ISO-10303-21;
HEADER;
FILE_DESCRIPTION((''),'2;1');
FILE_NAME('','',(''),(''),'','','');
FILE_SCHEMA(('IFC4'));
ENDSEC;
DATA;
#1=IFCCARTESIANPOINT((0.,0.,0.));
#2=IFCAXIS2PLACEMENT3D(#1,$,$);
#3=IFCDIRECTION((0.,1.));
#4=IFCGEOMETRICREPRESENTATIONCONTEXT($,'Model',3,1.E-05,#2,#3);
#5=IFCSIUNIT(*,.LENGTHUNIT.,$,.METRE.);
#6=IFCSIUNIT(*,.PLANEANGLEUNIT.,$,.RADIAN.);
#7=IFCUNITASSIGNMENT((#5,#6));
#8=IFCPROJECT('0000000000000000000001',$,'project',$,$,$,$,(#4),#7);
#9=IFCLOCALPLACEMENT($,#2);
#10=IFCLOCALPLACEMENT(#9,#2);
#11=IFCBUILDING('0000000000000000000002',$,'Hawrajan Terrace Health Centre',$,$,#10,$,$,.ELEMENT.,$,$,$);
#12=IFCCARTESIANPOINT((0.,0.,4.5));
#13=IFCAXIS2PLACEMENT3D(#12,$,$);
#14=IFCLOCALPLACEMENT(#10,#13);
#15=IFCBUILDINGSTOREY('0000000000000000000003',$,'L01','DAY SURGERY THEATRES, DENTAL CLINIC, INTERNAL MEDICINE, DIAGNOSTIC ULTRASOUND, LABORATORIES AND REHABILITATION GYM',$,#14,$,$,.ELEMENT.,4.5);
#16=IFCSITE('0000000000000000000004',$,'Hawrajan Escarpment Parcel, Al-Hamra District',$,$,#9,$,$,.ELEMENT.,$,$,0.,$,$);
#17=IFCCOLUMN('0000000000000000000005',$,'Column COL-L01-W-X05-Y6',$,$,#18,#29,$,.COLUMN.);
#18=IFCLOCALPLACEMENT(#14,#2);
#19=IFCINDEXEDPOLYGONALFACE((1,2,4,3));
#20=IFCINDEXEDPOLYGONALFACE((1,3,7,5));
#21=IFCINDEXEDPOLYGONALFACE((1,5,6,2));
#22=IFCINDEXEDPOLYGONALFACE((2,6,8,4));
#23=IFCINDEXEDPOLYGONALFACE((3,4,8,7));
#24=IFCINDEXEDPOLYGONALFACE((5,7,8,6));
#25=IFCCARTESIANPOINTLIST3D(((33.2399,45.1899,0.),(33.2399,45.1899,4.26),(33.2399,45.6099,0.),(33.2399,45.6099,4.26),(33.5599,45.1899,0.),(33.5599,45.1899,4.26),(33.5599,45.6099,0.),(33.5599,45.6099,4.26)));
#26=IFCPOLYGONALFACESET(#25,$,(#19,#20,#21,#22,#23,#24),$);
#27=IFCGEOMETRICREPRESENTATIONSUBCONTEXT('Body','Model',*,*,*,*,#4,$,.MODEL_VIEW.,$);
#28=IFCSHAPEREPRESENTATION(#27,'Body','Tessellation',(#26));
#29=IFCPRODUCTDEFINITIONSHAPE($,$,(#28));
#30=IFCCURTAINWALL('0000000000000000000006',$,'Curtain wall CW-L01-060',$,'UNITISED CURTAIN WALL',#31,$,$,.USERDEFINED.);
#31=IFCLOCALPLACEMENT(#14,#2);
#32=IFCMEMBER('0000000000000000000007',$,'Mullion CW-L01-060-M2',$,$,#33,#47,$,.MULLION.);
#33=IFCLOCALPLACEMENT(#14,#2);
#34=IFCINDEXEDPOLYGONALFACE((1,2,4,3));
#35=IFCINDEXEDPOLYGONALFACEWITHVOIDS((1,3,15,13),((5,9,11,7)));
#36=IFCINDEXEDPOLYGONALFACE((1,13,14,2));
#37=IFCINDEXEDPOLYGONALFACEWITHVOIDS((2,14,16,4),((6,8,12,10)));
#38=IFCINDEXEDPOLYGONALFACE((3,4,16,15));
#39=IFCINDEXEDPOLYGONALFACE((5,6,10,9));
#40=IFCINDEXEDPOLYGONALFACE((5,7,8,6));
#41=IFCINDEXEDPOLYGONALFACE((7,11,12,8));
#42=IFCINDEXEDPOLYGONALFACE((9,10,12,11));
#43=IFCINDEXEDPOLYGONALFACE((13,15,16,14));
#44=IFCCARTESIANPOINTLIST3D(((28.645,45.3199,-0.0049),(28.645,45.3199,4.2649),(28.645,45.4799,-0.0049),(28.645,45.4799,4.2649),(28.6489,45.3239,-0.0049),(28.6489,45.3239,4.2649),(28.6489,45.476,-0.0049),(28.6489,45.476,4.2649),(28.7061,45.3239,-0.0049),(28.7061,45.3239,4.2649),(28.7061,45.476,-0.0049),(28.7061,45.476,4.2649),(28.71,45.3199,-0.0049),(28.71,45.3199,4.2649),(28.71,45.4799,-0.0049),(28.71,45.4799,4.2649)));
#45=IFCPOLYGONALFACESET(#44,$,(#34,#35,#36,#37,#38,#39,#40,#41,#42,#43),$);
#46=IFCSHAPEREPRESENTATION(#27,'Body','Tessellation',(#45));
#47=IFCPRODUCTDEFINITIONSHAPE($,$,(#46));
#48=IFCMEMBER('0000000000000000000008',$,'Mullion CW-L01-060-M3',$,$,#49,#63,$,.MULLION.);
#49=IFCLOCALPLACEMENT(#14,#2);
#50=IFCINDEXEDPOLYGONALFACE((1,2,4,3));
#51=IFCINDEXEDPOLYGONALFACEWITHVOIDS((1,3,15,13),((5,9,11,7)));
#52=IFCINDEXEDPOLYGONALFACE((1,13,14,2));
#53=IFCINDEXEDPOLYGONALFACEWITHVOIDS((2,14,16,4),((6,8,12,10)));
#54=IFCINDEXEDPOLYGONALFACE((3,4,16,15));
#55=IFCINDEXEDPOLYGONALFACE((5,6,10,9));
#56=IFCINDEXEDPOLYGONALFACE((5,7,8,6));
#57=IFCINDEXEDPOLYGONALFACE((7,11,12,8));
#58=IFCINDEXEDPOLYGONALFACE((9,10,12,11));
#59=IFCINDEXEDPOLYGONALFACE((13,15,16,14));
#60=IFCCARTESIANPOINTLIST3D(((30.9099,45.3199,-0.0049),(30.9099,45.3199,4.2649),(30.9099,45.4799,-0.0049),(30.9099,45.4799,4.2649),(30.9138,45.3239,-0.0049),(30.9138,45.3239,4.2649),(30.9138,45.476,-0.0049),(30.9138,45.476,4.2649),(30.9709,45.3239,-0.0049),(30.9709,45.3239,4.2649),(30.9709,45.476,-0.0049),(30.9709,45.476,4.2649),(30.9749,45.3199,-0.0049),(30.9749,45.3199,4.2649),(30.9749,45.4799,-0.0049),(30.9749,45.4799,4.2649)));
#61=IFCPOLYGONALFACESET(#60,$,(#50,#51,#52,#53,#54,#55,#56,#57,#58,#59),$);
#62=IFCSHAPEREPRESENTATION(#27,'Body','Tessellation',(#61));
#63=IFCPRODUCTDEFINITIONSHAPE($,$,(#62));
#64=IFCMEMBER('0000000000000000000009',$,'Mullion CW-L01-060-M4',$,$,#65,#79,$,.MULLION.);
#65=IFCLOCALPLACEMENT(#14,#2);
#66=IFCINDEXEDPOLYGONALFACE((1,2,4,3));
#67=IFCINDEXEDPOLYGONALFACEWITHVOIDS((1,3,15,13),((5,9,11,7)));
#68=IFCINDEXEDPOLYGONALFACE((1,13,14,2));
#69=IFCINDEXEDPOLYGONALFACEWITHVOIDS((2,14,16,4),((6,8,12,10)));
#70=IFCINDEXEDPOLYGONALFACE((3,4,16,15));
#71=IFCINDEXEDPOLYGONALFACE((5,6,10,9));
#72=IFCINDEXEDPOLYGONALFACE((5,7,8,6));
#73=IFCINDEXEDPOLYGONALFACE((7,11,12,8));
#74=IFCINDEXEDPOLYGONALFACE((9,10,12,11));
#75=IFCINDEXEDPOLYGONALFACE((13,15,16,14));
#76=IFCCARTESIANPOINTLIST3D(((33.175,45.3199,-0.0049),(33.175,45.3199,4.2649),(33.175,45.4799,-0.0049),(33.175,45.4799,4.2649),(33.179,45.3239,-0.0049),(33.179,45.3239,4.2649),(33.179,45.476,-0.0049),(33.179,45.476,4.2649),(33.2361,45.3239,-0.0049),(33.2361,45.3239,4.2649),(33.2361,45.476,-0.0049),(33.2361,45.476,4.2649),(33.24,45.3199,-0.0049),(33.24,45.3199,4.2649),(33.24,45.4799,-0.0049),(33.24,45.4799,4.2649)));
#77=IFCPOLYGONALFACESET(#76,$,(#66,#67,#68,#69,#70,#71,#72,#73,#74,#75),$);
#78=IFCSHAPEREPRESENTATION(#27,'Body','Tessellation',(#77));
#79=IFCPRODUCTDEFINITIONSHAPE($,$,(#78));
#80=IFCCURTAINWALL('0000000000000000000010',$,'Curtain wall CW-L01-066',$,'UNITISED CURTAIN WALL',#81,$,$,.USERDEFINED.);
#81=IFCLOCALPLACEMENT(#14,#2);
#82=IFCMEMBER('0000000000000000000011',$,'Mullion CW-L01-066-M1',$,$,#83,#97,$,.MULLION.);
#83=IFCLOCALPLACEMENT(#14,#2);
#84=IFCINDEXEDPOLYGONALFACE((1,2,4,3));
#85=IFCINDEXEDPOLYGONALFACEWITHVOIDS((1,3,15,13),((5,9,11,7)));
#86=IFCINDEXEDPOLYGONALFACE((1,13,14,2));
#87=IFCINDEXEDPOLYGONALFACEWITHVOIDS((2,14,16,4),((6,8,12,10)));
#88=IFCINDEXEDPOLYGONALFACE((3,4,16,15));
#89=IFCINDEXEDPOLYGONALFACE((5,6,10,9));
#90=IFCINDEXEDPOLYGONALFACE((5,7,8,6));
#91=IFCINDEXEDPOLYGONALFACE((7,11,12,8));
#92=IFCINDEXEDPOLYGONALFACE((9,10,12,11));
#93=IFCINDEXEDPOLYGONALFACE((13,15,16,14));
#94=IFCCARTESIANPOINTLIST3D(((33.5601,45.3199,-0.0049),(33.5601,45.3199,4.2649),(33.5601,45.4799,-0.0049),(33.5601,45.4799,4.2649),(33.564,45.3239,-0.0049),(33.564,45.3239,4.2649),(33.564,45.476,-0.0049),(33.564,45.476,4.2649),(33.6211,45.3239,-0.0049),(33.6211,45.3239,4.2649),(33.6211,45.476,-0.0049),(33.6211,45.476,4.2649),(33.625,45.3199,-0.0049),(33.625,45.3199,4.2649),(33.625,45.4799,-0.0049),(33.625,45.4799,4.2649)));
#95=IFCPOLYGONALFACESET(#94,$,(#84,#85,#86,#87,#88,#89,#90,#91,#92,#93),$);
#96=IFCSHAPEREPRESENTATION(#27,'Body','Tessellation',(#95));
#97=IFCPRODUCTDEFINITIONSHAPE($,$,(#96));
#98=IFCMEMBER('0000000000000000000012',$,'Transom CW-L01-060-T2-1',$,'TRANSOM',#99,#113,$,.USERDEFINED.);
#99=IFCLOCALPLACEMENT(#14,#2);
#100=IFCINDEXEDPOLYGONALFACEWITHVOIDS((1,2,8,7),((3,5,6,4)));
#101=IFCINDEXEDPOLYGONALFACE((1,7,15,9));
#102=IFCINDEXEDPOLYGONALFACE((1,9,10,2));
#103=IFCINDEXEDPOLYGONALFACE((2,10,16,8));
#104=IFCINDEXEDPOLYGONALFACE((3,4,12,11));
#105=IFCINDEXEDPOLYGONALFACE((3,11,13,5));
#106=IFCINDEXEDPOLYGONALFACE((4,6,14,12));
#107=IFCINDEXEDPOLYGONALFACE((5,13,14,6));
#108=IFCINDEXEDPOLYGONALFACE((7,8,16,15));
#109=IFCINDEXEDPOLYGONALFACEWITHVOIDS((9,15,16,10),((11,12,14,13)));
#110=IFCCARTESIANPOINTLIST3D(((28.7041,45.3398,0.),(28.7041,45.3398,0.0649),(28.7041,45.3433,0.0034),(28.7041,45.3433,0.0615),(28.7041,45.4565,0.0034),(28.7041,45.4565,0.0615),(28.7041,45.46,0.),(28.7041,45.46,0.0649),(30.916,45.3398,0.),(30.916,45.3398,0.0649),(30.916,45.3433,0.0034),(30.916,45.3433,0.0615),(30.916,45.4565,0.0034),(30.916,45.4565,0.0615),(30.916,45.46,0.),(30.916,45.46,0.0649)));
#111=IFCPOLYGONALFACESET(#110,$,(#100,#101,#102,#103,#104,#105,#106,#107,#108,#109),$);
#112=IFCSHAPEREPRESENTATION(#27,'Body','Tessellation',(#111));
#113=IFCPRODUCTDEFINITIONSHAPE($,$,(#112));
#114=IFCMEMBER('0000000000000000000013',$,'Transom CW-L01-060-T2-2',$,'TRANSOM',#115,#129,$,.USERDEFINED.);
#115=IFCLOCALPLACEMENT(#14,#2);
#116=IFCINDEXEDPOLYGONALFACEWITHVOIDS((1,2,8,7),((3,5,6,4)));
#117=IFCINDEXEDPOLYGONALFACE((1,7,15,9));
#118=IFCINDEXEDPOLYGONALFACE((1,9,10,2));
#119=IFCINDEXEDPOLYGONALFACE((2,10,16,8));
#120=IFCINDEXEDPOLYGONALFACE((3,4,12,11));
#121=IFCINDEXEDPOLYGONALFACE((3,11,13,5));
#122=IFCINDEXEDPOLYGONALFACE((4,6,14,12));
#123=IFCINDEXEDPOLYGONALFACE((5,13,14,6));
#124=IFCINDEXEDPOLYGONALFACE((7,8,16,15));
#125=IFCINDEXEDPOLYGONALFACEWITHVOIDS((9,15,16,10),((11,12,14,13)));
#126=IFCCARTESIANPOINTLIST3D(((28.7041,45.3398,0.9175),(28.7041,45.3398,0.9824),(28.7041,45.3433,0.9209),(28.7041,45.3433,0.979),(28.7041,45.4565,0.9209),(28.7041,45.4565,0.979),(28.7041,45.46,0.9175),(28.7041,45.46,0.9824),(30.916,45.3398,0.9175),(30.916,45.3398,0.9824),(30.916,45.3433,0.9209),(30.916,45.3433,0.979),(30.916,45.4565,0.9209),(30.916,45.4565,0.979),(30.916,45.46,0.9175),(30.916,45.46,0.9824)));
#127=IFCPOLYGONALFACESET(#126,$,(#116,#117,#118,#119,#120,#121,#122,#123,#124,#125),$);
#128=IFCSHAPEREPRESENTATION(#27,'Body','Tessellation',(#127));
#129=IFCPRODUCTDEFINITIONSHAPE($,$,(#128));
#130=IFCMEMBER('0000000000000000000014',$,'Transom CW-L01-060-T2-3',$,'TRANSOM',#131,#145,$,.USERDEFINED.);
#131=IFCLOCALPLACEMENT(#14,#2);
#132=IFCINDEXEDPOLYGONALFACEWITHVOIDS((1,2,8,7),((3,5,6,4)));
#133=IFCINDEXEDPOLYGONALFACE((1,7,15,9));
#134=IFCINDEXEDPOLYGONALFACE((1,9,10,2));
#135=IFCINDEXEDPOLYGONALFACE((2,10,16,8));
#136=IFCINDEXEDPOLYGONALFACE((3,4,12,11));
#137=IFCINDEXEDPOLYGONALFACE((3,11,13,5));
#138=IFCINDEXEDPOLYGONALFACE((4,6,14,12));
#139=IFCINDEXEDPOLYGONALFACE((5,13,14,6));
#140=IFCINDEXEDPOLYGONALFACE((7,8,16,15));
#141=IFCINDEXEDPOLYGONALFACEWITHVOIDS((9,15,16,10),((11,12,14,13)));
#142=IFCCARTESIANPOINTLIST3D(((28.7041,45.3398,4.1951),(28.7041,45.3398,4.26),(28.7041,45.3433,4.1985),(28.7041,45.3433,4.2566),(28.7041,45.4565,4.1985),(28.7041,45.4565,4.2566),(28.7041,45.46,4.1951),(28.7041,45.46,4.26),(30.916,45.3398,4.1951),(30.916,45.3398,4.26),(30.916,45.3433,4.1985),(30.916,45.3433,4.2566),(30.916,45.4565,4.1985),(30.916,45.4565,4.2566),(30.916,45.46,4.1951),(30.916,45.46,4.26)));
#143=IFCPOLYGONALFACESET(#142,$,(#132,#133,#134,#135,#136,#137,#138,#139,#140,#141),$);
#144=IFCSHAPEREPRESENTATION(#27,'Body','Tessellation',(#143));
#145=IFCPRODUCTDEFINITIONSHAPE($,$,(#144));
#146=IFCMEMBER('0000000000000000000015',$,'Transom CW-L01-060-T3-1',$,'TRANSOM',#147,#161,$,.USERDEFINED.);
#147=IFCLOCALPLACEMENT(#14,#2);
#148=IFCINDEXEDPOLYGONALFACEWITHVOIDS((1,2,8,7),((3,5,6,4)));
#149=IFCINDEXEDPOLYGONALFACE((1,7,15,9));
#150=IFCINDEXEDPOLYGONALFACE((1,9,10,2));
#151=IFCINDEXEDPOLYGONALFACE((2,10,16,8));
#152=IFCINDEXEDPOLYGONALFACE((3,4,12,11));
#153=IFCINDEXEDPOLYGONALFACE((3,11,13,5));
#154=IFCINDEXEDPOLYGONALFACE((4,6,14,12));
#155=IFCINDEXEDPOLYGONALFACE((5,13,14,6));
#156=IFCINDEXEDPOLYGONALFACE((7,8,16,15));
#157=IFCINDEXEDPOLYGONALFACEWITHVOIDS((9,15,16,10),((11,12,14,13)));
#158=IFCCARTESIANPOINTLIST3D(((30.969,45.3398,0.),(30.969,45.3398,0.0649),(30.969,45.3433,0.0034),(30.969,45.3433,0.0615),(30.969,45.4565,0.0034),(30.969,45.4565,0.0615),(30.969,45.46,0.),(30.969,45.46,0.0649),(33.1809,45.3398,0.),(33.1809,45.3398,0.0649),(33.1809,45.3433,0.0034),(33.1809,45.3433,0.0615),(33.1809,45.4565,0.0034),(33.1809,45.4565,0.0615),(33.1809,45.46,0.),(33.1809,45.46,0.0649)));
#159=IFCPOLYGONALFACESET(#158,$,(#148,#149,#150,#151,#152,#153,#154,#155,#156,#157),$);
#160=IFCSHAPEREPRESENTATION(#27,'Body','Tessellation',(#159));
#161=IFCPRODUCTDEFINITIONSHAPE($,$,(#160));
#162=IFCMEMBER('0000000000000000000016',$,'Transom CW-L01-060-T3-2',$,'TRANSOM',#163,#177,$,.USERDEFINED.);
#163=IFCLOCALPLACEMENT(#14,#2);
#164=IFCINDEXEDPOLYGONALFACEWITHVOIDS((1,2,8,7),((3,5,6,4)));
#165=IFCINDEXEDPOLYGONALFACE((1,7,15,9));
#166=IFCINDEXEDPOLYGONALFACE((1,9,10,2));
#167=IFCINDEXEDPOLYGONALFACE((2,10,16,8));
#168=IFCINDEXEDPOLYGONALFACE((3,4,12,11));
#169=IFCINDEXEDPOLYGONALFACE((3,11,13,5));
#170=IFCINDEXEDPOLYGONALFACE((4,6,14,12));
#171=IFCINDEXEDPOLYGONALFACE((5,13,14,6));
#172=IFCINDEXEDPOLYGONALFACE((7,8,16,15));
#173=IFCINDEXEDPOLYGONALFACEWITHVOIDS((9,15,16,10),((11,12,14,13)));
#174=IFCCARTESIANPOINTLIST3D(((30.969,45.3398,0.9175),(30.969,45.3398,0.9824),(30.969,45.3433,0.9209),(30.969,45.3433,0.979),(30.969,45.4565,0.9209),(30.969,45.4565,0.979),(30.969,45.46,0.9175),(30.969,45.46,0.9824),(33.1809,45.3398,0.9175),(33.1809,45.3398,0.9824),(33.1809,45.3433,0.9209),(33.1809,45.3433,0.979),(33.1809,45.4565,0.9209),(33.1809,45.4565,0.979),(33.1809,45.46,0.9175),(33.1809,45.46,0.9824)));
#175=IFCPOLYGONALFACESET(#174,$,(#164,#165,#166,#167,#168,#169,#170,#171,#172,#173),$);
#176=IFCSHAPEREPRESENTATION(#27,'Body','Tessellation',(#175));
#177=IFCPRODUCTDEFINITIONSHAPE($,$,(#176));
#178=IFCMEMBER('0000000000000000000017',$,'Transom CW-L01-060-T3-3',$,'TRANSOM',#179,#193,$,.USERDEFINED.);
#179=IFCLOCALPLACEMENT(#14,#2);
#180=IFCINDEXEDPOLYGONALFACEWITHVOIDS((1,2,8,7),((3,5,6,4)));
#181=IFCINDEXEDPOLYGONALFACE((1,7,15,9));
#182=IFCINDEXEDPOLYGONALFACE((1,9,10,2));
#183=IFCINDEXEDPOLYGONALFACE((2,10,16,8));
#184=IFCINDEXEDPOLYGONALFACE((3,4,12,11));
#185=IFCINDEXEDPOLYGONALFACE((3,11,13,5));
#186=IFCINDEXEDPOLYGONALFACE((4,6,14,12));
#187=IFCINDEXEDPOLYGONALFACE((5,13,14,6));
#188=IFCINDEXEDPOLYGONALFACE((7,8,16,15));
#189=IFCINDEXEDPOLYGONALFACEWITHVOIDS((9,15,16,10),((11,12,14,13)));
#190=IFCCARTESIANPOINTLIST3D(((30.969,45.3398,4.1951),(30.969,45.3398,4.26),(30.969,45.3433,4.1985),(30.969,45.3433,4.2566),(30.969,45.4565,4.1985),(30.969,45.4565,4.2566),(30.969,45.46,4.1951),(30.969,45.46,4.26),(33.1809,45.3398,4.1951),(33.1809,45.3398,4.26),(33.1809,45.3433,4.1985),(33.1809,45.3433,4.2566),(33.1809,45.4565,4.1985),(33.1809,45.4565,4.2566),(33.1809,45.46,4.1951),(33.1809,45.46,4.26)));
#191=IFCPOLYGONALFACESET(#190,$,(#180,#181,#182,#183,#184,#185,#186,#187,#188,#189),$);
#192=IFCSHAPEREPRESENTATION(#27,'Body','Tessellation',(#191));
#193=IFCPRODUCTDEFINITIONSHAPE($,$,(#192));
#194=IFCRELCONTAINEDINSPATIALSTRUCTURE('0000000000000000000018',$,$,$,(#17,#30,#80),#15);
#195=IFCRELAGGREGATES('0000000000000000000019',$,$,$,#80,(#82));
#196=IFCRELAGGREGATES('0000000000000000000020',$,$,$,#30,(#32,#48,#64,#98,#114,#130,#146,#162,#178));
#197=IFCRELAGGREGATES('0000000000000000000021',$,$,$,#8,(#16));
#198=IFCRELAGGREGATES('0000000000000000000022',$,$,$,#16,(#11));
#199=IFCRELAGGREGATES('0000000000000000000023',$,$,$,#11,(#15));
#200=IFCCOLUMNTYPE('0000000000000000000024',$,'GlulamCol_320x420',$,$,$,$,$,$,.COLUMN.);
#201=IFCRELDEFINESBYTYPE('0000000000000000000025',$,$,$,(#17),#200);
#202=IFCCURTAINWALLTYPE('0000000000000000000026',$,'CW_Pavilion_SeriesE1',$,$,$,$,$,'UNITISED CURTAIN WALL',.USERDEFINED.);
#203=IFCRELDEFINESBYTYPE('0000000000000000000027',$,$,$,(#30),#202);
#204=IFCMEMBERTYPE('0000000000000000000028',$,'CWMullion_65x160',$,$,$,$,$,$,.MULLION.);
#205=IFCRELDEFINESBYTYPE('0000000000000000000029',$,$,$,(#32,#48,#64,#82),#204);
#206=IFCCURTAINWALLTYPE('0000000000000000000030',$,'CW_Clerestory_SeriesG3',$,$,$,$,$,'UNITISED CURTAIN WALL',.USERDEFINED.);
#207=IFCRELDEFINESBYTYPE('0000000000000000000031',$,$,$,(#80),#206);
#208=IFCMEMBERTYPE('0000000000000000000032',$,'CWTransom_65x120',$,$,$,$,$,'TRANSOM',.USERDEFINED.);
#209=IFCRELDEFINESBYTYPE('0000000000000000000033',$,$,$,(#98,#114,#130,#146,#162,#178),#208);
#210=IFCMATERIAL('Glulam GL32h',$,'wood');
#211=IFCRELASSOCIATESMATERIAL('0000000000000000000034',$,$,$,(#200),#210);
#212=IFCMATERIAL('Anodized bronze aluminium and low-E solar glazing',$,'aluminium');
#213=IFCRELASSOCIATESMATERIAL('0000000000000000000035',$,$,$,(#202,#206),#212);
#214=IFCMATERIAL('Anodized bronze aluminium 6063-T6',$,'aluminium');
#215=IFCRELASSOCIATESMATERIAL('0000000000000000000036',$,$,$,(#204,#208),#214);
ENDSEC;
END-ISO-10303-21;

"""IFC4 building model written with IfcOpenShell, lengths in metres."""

from ifc_helpers import new_model, si_unit, direction, frame, origin, origin_2d, place, context, subcontext, project, spatial, rectangle, hollow_rectangle, extrude, material, material_profile, profile_set, type_object, element, aggregate, save


model = new_model("IFC4")

# Units and contexts
model_context = context("Model", 3, precision=1e-05, world=origin(), true_north=direction((0.0, 1.0)))
body_context = subcontext(model_context, "Body", "Model", "MODEL_VIEW")
ifc_project = project(units=[si_unit("LENGTHUNIT", "METRE"), si_unit("PLANEANGLEUNIT", "RADIAN")], contexts=[model_context])

# Site, building, storey
site_placement = place(None, origin())
site = spatial("IfcSite", under=ifc_project, at=site_placement, Name="Hawrajan Escarpment Parcel, Al-Hamra District", CompositionType="ELEMENT", RefElevation=0.0)
building_placement = place(site_placement, origin())
building = spatial("IfcBuilding", under=site, at=building_placement, Name="Hawrajan Terrace Health Centre", CompositionType="ELEMENT")
storey_placement = place(building_placement, frame((0.0, 0.0, 4.5)))
storey = spatial("IfcBuildingStorey", under=building, at=storey_placement, Name="L01", Description="DAY SURGERY THEATRES, DENTAL CLINIC, INTERNAL MEDICINE, DIAGNOSTIC ULTRASOUND, LABORATORIES AND REHABILITATION GYM", CompositionType="ELEMENT", Elevation=4.5)

# Column
ifc_material_1 = material(Name="Glulam GL32h", Category="wood")
ifc_material_profile_1 = material_profile(ifc_material_1, rectangle(XDim=0.3201, YDim=0.4199, at=origin_2d()), Name="GL 320x420")
ifc_profile_set_1 = profile_set([ifc_material_profile_1], Name="Glulam GL32h")
column_type = type_object("IfcColumnType", Name="GlulamCol_320x420", PredefinedType="COLUMN", material=ifc_profile_set_1)
column_placement = place(storey_placement, frame((33.3999, 45.3999, 0.0), z_axis=(0.0, 0.0, 1.0), x_axis=(1.0, 0.0, 0.0)))
element("IfcColumn", 1, at=column_placement, inside=storey, type_object=column_type, Name="Column COL-L01-W-X05-Y6", PredefinedType="COLUMN", context=body_context, shape_type="SweptSolid", body=[
    extrude(rectangle(XDim=0.3201, YDim=0.4199, at=origin_2d()), origin(), (0.0, 0.0, 1.0), 4.26),
])

# Curtain wall, members
ifc_material_2 = material(Name="Anodized bronze aluminium and low-E solar glazing", Category="aluminium")
curtain_wall_type_1 = type_object("IfcCurtainWallType", Name="CW_Pavilion_SeriesE1", ElementType="UNITISED CURTAIN WALL", PredefinedType="USERDEFINED", material=ifc_material_2)
curtain_wall_1_placement = place(storey_placement, origin())
curtain_wall_1 = element("IfcCurtainWall", 2, at=curtain_wall_1_placement, inside=storey, type_object=curtain_wall_type_1, Name="Curtain wall CW-L01-060", ObjectType="UNITISED CURTAIN WALL", PredefinedType="USERDEFINED")
ifc_material_3 = material(Name="Anodized bronze aluminium 6063-T6", Category="aluminium")
ifc_material_profile_2 = material_profile(ifc_material_3, hollow_rectangle(XDim=0.0649, YDim=0.1599, WallThickness=0.0039, at=origin_2d()), Name="CW MUL 65x160")
ifc_profile_set_2 = profile_set([ifc_material_profile_2], Name="Anodized bronze aluminium 6063-T6")
member_type_1 = type_object("IfcMemberType", Name="CWMullion_65x160", PredefinedType="MULLION", material=ifc_profile_set_2)
member_1_placement = place(storey_placement, frame((28.6775, 45.3999, -0.0049), z_axis=(0.0, 0.0, 1.0), x_axis=(1.0, 0.0, 0.0)))
member_1 = element("IfcMember", 3, at=member_1_placement, type_object=member_type_1, Name="Mullion CW-L01-060-M2", PredefinedType="MULLION", context=body_context, shape_type="SweptSolid", body=[
    extrude(hollow_rectangle(XDim=0.0649, YDim=0.1599, WallThickness=0.0039, at=origin_2d()), origin(), (0.0, 0.0, 1.0), 4.2698),
])
member_2_placement = place(storey_placement, frame((30.9424, 45.3999, -0.0049), z_axis=(0.0, 0.0, 1.0), x_axis=(1.0, 0.0, 0.0)))
member_2 = element("IfcMember", 4, at=member_2_placement, type_object=member_type_1, Name="Mullion CW-L01-060-M3", PredefinedType="MULLION", context=body_context, shape_type="SweptSolid", body=[
    extrude(hollow_rectangle(XDim=0.0649, YDim=0.1599, WallThickness=0.0039, at=origin_2d()), origin(), (0.0, 0.0, 1.0), 4.2698),
])
member_3_placement = place(storey_placement, frame((33.2075, 45.3999, -0.0049), z_axis=(0.0, 0.0, 1.0), x_axis=(1.0, 0.0, 0.0)))
member_3 = element("IfcMember", 5, at=member_3_placement, type_object=member_type_1, Name="Mullion CW-L01-060-M4", PredefinedType="MULLION", context=body_context, shape_type="SweptSolid", body=[
    extrude(hollow_rectangle(XDim=0.0649, YDim=0.1599, WallThickness=0.0039, at=origin_2d()), origin(), (0.0, 0.0, 1.0), 4.2698),
])

# Curtain wall, member
curtain_wall_type_2 = type_object("IfcCurtainWallType", Name="CW_Clerestory_SeriesG3", ElementType="UNITISED CURTAIN WALL", PredefinedType="USERDEFINED", material=ifc_material_2)
curtain_wall_2_placement = place(storey_placement, origin())
curtain_wall_2 = element("IfcCurtainWall", 6, at=curtain_wall_2_placement, inside=storey, type_object=curtain_wall_type_2, Name="Curtain wall CW-L01-066", ObjectType="UNITISED CURTAIN WALL", PredefinedType="USERDEFINED")
member_4_placement = place(storey_placement, frame((33.5925, 45.3999, -0.0049), z_axis=(0.0, 0.0, 1.0), x_axis=(1.0, 0.0, 0.0)))
member_4 = element("IfcMember", 7, at=member_4_placement, type_object=member_type_1, Name="Mullion CW-L01-066-M1", PredefinedType="MULLION", context=body_context, shape_type="SweptSolid", body=[
    extrude(hollow_rectangle(XDim=0.0649, YDim=0.1599, WallThickness=0.0039, at=origin_2d()), origin(), (0.0, 0.0, 1.0), 4.2698),
])

# Members
ifc_material_profile_3 = material_profile(ifc_material_3, hollow_rectangle(XDim=0.0649, YDim=0.1201, WallThickness=0.0034, at=origin_2d()), Name="CW TRN 65x120")
ifc_profile_set_3 = profile_set([ifc_material_profile_3], Name="Anodized bronze aluminium 6063-T6")
member_type_2 = type_object("IfcMemberType", Name="CWTransom_65x120", ElementType="TRANSOM", PredefinedType="USERDEFINED", material=ifc_profile_set_3)
member_5_placement = place(storey_placement, frame((28.7041, 45.3999, 0.0325), z_axis=(1.0, 0.0, 0.0), x_axis=(0.0, 0.0, 1.0)))
member_5 = element("IfcMember", 8, at=member_5_placement, type_object=member_type_2, Name="Transom CW-L01-060-T2-1", ObjectType="TRANSOM", PredefinedType="USERDEFINED", context=body_context, shape_type="SweptSolid", body=[
    extrude(hollow_rectangle(XDim=0.0649, YDim=0.1201, WallThickness=0.0034, at=origin_2d()), origin(), (0.0, 0.0, 1.0), 2.2119),
])
member_6_placement = place(storey_placement, frame((28.7041, 45.3999, 0.95), z_axis=(1.0, 0.0, 0.0), x_axis=(0.0, 0.0, 1.0)))
member_6 = element("IfcMember", 9, at=member_6_placement, type_object=member_type_2, Name="Transom CW-L01-060-T2-2", ObjectType="TRANSOM", PredefinedType="USERDEFINED", context=body_context, shape_type="SweptSolid", body=[
    extrude(hollow_rectangle(XDim=0.0649, YDim=0.1201, WallThickness=0.0034, at=origin_2d()), origin(), (0.0, 0.0, 1.0), 2.2119),
])
member_7_placement = place(storey_placement, frame((28.7041, 45.3999, 4.2275), z_axis=(1.0, 0.0, 0.0), x_axis=(0.0, 0.0, 1.0)))
member_7 = element("IfcMember", 10, at=member_7_placement, type_object=member_type_2, Name="Transom CW-L01-060-T2-3", ObjectType="TRANSOM", PredefinedType="USERDEFINED", context=body_context, shape_type="SweptSolid", body=[
    extrude(hollow_rectangle(XDim=0.0649, YDim=0.1201, WallThickness=0.0034, at=origin_2d()), origin(), (0.0, 0.0, 1.0), 2.2119),
])
member_8_placement = place(storey_placement, frame((30.969, 45.3999, 0.0325), z_axis=(1.0, 0.0, 0.0), x_axis=(0.0, 0.0, 1.0)))
member_8 = element("IfcMember", 11, at=member_8_placement, type_object=member_type_2, Name="Transom CW-L01-060-T3-1", ObjectType="TRANSOM", PredefinedType="USERDEFINED", context=body_context, shape_type="SweptSolid", body=[
    extrude(hollow_rectangle(XDim=0.0649, YDim=0.1201, WallThickness=0.0034, at=origin_2d()), origin(), (0.0, 0.0, 1.0), 2.2119),
])
member_9_placement = place(storey_placement, frame((30.969, 45.3999, 0.95), z_axis=(1.0, 0.0, 0.0), x_axis=(0.0, 0.0, 1.0)))
member_9 = element("IfcMember", 12, at=member_9_placement, type_object=member_type_2, Name="Transom CW-L01-060-T3-2", ObjectType="TRANSOM", PredefinedType="USERDEFINED", context=body_context, shape_type="SweptSolid", body=[
    extrude(hollow_rectangle(XDim=0.0649, YDim=0.1201, WallThickness=0.0034, at=origin_2d()), origin(), (0.0, 0.0, 1.0), 2.2119),
])
member_10_placement = place(storey_placement, frame((30.969, 45.3999, 4.2275), z_axis=(1.0, 0.0, 0.0), x_axis=(0.0, 0.0, 1.0)))
member_10 = element("IfcMember", 13, at=member_10_placement, type_object=member_type_2, Name="Transom CW-L01-060-T3-3", ObjectType="TRANSOM", PredefinedType="USERDEFINED", context=body_context, shape_type="SweptSolid", body=[
    extrude(hollow_rectangle(XDim=0.0649, YDim=0.1201, WallThickness=0.0034, at=origin_2d()), origin(), (0.0, 0.0, 1.0), 2.2119),
])
aggregate(curtain_wall_2, [member_4])

aggregate(curtain_wall_1, [member_1, member_2, member_3, member_5, member_6, member_7, member_8, member_9, member_10])

save(model, "model.ifc")
